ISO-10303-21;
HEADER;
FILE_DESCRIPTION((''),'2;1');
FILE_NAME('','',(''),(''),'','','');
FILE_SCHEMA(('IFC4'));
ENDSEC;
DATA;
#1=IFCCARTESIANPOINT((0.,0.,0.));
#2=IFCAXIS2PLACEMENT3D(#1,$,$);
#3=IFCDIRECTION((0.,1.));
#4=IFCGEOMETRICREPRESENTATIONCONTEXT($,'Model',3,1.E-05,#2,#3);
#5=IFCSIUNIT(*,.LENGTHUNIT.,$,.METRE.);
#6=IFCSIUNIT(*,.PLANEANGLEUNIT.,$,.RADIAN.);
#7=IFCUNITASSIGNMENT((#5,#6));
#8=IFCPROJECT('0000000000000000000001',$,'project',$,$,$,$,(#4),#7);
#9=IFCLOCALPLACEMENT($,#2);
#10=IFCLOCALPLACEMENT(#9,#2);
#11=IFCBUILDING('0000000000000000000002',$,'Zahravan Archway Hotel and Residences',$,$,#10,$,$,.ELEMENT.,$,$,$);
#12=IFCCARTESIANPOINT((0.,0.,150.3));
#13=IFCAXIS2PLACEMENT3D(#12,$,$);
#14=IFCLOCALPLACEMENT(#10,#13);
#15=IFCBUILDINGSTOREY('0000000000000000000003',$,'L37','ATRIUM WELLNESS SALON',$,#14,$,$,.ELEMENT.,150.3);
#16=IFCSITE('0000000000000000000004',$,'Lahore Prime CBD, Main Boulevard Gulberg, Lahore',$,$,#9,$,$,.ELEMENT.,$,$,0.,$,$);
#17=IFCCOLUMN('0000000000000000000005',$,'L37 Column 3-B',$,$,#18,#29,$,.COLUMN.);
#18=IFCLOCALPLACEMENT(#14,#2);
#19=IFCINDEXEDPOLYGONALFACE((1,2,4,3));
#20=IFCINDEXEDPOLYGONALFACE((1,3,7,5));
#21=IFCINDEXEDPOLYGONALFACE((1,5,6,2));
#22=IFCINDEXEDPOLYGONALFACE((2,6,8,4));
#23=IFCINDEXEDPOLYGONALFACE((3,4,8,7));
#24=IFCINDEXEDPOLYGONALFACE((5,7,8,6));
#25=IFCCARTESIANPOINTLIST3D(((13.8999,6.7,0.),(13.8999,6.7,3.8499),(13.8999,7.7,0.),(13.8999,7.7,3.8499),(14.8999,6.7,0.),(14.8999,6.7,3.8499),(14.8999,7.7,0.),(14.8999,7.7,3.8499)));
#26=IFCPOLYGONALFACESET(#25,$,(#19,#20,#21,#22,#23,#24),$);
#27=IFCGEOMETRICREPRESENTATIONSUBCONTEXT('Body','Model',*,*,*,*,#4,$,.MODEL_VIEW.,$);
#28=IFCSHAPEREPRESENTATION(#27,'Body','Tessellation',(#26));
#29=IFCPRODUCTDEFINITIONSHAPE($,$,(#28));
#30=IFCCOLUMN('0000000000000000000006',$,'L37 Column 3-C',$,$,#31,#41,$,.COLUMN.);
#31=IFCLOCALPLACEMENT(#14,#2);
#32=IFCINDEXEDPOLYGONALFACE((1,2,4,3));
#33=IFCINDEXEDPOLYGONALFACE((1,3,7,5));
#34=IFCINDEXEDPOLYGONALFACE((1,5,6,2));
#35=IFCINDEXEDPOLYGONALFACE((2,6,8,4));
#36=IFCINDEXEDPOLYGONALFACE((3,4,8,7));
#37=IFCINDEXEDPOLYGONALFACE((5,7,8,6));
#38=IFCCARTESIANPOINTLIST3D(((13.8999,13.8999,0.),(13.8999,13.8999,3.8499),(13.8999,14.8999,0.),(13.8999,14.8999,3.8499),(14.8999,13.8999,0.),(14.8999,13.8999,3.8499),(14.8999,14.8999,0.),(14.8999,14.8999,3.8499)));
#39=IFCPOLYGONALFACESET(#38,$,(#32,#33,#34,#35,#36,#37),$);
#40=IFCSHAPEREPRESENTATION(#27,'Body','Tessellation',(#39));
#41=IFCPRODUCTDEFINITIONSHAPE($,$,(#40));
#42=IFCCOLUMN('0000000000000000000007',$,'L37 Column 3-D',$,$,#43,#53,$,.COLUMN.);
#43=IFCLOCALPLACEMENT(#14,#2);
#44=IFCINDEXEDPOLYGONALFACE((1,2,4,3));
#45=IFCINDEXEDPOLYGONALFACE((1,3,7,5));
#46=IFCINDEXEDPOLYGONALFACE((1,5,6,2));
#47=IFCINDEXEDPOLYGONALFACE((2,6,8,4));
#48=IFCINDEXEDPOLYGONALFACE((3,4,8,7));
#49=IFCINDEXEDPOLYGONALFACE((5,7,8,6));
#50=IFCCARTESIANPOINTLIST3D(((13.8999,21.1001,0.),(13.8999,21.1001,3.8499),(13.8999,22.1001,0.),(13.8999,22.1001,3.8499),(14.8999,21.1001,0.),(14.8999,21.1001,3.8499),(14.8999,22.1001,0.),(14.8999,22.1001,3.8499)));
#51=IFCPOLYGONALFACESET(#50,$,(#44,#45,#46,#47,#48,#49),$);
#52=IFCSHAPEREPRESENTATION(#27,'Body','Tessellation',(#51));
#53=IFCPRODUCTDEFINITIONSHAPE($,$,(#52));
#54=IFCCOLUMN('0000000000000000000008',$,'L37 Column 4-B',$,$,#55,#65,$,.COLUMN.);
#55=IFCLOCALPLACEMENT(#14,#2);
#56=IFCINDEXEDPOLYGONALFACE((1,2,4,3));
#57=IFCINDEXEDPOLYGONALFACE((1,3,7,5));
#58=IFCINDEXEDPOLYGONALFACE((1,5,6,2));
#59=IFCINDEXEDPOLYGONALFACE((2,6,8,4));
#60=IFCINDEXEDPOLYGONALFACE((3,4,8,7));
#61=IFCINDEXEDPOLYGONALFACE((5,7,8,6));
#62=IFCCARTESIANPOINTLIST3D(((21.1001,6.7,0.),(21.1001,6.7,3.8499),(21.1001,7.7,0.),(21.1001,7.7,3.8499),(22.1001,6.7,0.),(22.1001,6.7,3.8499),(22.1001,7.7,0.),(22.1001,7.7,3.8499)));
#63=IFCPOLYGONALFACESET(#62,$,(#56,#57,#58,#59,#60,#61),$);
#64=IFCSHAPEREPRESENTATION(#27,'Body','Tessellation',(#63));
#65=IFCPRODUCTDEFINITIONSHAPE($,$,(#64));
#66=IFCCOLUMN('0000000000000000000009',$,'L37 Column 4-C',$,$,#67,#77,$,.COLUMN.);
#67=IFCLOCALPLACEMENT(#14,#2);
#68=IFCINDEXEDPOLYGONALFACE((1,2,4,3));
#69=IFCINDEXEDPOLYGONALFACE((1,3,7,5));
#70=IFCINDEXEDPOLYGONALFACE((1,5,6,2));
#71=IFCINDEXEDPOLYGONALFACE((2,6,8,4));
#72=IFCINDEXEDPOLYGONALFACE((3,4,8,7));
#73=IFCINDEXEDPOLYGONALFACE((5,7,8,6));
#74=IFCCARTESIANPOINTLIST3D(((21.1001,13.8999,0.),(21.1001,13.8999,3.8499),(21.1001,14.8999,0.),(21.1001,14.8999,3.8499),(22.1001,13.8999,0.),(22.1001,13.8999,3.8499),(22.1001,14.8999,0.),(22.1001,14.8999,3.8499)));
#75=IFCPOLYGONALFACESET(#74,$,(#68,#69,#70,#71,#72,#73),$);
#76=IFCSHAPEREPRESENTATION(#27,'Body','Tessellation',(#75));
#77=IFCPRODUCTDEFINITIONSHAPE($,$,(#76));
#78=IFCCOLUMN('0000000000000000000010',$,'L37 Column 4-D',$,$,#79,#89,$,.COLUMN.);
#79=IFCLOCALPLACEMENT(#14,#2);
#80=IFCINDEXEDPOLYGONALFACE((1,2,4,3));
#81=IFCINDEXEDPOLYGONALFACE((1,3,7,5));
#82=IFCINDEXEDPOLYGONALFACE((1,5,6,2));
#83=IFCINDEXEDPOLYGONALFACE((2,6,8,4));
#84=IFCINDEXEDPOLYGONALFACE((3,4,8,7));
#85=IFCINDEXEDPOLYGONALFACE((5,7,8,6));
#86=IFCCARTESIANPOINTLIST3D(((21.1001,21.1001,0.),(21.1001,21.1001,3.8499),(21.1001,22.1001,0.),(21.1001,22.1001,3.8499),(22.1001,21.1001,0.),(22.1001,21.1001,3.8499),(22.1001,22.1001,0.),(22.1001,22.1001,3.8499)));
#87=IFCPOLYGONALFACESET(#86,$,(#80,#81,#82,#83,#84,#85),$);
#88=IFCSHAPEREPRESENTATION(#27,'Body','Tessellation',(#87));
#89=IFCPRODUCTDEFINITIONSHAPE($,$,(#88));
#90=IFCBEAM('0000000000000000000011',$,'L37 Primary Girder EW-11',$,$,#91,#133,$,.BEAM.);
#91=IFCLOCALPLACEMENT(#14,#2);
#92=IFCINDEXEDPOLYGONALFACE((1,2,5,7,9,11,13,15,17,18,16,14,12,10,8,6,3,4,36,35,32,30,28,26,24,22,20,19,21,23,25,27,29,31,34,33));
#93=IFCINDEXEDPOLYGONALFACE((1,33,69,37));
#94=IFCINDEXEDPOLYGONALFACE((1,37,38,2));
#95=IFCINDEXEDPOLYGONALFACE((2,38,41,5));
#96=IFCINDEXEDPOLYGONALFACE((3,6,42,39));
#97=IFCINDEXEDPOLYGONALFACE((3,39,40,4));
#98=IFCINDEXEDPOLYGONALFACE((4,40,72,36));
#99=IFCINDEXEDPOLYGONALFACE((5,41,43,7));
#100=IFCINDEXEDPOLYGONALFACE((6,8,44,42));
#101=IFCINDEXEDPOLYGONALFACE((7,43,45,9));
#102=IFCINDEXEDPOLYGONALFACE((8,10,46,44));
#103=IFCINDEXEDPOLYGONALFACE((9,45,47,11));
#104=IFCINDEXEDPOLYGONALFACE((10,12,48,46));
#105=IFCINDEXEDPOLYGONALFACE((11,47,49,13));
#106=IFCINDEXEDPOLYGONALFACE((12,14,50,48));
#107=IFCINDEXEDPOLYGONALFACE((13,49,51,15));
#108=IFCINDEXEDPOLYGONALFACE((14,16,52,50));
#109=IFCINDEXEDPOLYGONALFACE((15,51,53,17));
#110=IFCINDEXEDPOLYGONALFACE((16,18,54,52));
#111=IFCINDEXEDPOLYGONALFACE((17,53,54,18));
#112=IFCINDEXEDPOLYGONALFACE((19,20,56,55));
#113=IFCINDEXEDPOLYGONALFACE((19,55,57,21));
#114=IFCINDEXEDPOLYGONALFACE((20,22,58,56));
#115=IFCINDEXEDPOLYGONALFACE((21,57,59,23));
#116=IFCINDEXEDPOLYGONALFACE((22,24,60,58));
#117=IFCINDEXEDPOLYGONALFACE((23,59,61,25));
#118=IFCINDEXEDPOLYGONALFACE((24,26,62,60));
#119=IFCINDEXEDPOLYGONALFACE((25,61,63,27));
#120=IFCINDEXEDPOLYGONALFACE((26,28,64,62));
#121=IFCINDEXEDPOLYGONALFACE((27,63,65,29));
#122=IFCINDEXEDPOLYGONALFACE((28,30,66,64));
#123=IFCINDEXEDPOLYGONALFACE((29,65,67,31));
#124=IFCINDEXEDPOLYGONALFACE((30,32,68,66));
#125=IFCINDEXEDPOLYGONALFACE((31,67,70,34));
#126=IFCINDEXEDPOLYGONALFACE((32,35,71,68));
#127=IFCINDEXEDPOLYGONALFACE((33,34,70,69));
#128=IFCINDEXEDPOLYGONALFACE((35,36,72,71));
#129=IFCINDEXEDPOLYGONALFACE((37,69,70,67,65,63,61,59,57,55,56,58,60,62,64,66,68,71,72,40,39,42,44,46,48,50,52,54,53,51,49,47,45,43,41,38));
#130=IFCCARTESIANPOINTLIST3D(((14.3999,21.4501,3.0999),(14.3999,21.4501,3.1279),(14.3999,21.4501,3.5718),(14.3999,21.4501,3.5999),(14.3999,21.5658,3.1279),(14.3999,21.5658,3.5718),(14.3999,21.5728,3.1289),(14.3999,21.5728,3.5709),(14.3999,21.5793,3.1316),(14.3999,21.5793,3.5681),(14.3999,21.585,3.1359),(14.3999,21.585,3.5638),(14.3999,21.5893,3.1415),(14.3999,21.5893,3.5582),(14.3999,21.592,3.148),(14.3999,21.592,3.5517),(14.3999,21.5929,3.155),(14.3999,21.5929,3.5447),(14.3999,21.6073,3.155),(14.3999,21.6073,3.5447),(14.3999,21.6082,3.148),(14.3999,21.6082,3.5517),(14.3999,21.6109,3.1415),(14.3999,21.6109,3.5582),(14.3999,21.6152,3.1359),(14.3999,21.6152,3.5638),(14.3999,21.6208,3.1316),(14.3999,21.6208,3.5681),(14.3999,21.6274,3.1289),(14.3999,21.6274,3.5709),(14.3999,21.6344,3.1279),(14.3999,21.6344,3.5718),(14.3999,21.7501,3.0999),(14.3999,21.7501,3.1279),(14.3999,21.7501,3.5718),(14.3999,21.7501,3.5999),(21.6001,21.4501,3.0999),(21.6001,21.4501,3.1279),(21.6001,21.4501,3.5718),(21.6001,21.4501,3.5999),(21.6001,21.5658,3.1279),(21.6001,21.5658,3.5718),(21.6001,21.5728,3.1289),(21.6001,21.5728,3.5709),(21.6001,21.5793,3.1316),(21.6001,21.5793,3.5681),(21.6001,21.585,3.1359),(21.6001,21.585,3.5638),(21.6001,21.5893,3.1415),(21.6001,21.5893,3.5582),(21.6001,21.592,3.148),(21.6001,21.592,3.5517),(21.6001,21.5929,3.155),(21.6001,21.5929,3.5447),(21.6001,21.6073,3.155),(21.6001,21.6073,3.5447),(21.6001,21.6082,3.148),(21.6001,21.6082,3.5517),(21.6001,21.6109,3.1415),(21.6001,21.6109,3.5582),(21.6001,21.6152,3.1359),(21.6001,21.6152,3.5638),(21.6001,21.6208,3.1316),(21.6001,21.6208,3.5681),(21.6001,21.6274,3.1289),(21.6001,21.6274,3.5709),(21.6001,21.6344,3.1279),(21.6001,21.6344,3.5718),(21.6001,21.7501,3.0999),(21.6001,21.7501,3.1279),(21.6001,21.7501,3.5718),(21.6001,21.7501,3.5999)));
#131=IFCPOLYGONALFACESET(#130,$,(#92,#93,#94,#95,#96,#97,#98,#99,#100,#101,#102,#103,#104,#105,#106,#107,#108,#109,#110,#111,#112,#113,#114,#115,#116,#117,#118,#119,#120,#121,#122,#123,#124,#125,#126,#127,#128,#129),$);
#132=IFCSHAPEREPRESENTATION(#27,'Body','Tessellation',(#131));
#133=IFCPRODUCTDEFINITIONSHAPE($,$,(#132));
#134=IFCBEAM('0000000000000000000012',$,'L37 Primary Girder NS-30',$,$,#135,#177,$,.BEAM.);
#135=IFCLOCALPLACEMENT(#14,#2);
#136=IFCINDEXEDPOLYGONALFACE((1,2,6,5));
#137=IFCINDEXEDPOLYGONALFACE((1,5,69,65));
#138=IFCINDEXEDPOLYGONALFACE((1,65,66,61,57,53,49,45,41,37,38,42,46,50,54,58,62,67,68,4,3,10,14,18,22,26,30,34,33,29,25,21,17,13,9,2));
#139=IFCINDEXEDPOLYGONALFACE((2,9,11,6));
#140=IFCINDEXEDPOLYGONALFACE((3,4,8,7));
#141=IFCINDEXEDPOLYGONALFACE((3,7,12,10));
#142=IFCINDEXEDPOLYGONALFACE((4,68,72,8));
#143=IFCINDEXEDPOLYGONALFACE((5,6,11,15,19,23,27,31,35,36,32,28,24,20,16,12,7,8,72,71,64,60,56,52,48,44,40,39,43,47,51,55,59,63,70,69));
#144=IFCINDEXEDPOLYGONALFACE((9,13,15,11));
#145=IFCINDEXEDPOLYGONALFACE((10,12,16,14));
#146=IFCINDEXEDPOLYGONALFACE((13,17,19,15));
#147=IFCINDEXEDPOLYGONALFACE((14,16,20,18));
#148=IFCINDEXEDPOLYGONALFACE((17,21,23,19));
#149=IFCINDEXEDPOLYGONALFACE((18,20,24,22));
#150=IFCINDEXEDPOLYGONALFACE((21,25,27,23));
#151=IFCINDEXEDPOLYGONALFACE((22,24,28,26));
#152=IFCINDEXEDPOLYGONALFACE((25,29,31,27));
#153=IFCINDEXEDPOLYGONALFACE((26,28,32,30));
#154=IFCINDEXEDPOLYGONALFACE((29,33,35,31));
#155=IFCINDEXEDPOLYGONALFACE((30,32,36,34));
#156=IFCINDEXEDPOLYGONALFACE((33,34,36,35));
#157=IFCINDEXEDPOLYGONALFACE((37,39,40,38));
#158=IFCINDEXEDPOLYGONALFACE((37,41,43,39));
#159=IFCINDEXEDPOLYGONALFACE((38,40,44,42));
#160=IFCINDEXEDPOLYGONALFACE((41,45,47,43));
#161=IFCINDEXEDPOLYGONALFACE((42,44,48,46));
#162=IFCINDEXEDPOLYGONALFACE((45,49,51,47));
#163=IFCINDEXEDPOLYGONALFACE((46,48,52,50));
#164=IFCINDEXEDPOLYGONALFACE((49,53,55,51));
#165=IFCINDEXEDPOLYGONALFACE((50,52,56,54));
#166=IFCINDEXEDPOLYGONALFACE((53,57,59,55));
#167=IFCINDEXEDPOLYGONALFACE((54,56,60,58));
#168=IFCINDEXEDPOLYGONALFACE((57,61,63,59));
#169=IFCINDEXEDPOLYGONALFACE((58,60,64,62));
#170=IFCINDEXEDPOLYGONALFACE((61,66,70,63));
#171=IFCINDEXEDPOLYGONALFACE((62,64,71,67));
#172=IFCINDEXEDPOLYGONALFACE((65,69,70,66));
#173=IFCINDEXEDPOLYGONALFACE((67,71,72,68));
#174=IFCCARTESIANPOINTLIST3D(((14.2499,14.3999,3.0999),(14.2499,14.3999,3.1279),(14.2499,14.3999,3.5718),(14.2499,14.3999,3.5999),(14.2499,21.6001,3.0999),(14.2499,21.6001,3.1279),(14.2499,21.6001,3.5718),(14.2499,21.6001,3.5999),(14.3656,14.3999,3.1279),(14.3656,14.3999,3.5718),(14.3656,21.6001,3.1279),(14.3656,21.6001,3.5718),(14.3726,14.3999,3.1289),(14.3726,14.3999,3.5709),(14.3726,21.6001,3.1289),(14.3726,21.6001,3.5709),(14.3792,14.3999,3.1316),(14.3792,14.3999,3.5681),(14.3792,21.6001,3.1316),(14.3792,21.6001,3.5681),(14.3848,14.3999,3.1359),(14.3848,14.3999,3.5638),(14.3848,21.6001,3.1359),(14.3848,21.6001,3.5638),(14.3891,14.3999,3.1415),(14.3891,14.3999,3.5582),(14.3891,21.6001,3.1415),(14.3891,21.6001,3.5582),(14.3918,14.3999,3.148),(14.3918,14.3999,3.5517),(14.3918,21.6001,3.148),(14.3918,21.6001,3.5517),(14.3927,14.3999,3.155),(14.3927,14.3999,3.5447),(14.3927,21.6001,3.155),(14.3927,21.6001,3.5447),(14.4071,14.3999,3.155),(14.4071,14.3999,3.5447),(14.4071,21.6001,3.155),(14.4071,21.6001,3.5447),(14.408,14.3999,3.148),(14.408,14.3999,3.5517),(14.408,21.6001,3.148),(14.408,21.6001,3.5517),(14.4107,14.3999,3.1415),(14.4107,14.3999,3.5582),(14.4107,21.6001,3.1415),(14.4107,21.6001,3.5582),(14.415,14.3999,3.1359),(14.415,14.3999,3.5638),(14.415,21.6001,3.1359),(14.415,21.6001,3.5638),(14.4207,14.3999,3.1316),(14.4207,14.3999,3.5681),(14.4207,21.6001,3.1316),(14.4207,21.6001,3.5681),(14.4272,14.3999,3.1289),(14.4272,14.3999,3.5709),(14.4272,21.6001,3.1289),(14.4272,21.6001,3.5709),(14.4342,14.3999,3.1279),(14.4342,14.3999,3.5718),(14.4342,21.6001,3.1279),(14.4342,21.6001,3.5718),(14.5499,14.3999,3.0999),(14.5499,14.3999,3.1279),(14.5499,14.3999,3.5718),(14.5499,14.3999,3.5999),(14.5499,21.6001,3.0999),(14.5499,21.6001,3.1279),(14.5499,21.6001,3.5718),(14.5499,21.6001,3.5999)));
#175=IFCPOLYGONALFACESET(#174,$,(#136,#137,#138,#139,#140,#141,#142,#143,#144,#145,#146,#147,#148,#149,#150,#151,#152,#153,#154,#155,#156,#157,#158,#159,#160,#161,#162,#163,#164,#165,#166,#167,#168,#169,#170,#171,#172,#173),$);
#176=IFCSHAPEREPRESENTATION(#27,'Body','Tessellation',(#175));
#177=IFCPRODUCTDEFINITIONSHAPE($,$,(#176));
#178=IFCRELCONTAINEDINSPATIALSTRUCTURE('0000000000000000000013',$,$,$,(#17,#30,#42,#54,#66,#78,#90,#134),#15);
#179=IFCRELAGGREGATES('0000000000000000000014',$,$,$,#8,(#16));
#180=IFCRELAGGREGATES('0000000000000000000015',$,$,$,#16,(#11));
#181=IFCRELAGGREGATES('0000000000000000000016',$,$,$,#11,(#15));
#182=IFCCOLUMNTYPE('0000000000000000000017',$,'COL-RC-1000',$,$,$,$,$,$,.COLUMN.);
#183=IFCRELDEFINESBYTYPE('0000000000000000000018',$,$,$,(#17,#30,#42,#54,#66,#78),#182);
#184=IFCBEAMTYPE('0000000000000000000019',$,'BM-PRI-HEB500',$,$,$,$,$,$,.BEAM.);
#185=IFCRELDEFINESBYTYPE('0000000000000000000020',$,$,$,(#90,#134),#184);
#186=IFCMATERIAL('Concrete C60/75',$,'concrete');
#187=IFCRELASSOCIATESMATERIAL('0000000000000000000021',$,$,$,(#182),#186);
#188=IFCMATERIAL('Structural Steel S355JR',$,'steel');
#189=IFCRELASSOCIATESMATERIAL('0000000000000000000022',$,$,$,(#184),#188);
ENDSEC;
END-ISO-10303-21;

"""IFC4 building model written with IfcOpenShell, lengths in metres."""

from ifc_helpers import new_model, si_unit, direction, frame, origin, origin_2d, place, context, subcontext, project, spatial, rectangle, i_section, extrude, source, transform, mapped, material, material_profile, profile_set, type_object, type_shapes, element, save


model = new_model("IFC4")

# Units and contexts
model_context = context("Model", 3, precision=1e-05, world=origin(), true_north=direction((0.0, 1.0)))
body_context = subcontext(model_context, "Body", "Model", "MODEL_VIEW")
ifc_project = project(units=[si_unit("LENGTHUNIT", "METRE"), si_unit("PLANEANGLEUNIT", "RADIAN")], contexts=[model_context])

# Site, building, storey
site_placement = place(None, origin())
site = spatial("IfcSite", under=ifc_project, at=site_placement, Name="Lahore Prime CBD, Main Boulevard Gulberg, Lahore", CompositionType="ELEMENT", RefElevation=0.0)
building_placement = place(site_placement, origin())
building = spatial("IfcBuilding", under=site, at=building_placement, Name="Zahravan Archway Hotel and Residences", CompositionType="ELEMENT")
storey_placement = place(building_placement, frame((0.0, 0.0, 150.3)))
storey = spatial("IfcBuildingStorey", under=building, at=storey_placement, Name="L37", Description="ATRIUM WELLNESS SALON", CompositionType="ELEMENT", Elevation=150.3)

# Columns
ifc_material_1 = material(Name="Concrete C60/75", Category="concrete")
ifc_material_profile_1 = material_profile(ifc_material_1, rectangle(XDim=1.0, YDim=1.0, at=origin_2d()), Name="RC-COL-1000x1000", Category="concrete")
ifc_profile_set_1 = profile_set([ifc_material_profile_1], Name="Concrete C60/75")
column_type = type_object("IfcColumnType", Name="COL-RC-1000", PredefinedType="COLUMN", material=ifc_profile_set_1)
shared_shape_1 = source(origin(), body_context, "Body", "SweptSolid", [
    extrude(rectangle(XDim=1.0, YDim=1.0, at=origin_2d()), origin(), (0.0, 0.0, 1.0), 3.8499),
])
for number, where, z_axis, x_axis, name in (
    (1, (14.3999, 7.2, 0.0), (0.0, 0.0, 1.0), (1.0, 0.0, 0.0), "L37 Column 3-B"),
    (2, (14.3999, 14.3999, 0.0), (0.0, 0.0, 1.0), (1.0, 0.0, 0.0), "L37 Column 3-C"),
    (3, (14.3999, 21.6001, 0.0), (0.0, 0.0, 1.0), (1.0, 0.0, 0.0), "L37 Column 3-D"),
    (4, (21.6001, 7.2, 0.0), (0.0, 0.0, 1.0), (1.0, 0.0, 0.0), "L37 Column 4-B"),
    (5, (21.6001, 14.3999, 0.0), (0.0, 0.0, 1.0), (1.0, 0.0, 0.0), "L37 Column 4-C"),
    (6, (21.6001, 21.6001, 0.0), (0.0, 0.0, 1.0), (1.0, 0.0, 0.0), "L37 Column 4-D"),
):
    element("IfcColumn", number, at=place(storey_placement, frame(where, z_axis=z_axis, x_axis=x_axis)), inside=storey, type_object=column_type, Name=name, PredefinedType="COLUMN", context=body_context, shape_type="MappedRepresentation", body=[
        mapped(shared_shape_1, transform((0.0, 0.0, 0.0), scale=1.0)),
    ])

# Beams
ifc_material_2 = material(Name="Structural Steel S355JR", Category="steel")
ifc_material_profile_2 = material_profile(ifc_material_2, i_section(OverallWidth=0.3, OverallDepth=0.5, WebThickness=0.0144, FlangeThickness=0.0281, FilletRadius=0.0271, at=origin_2d()), Name="HEB 500", Category="steel")
ifc_profile_set_2 = profile_set([ifc_material_profile_2], Name="Structural Steel S355JR")
beam_type_1 = type_object("IfcBeamType", Name="BM-PRI-HEB500", PredefinedType="BEAM", material=ifc_profile_set_2)
shared_shape_2 = source(origin(), body_context, "Body", "SweptSolid", [
    extrude(i_section(OverallWidth=0.3, OverallDepth=0.5, WebThickness=0.0144, FlangeThickness=0.0281, FilletRadius=0.0271, at=origin_2d()), origin(), (0.0, 0.0, 1.0), 7.2002),
])
type_shapes(beam_type_1, [shared_shape_2])
for number, where, z_axis, x_axis, name in (
    (7, (14.3999, 21.6001, 3.3499), (1.0, 0.0, 0.0), (0.0, 1.0, 0.0), "L37 Primary Girder EW-11"),
    (8, (14.3999, 14.3999, 3.3499), (0.0, 1.0, 0.0), (-1.0, 0.0, 0.0), "L37 Primary Girder NS-30"),
):
    element("IfcBeam", number, at=place(storey_placement, frame(where, z_axis=z_axis, x_axis=x_axis)), inside=storey, type_object=beam_type_1, Name=name, PredefinedType="BEAM", context=body_context, shape_type="MappedRepresentation", body=[
        mapped(shared_shape_2, transform((0.0, 0.0, 0.0), scale=1.0)),
    ])

save(model, "model.ifc")
